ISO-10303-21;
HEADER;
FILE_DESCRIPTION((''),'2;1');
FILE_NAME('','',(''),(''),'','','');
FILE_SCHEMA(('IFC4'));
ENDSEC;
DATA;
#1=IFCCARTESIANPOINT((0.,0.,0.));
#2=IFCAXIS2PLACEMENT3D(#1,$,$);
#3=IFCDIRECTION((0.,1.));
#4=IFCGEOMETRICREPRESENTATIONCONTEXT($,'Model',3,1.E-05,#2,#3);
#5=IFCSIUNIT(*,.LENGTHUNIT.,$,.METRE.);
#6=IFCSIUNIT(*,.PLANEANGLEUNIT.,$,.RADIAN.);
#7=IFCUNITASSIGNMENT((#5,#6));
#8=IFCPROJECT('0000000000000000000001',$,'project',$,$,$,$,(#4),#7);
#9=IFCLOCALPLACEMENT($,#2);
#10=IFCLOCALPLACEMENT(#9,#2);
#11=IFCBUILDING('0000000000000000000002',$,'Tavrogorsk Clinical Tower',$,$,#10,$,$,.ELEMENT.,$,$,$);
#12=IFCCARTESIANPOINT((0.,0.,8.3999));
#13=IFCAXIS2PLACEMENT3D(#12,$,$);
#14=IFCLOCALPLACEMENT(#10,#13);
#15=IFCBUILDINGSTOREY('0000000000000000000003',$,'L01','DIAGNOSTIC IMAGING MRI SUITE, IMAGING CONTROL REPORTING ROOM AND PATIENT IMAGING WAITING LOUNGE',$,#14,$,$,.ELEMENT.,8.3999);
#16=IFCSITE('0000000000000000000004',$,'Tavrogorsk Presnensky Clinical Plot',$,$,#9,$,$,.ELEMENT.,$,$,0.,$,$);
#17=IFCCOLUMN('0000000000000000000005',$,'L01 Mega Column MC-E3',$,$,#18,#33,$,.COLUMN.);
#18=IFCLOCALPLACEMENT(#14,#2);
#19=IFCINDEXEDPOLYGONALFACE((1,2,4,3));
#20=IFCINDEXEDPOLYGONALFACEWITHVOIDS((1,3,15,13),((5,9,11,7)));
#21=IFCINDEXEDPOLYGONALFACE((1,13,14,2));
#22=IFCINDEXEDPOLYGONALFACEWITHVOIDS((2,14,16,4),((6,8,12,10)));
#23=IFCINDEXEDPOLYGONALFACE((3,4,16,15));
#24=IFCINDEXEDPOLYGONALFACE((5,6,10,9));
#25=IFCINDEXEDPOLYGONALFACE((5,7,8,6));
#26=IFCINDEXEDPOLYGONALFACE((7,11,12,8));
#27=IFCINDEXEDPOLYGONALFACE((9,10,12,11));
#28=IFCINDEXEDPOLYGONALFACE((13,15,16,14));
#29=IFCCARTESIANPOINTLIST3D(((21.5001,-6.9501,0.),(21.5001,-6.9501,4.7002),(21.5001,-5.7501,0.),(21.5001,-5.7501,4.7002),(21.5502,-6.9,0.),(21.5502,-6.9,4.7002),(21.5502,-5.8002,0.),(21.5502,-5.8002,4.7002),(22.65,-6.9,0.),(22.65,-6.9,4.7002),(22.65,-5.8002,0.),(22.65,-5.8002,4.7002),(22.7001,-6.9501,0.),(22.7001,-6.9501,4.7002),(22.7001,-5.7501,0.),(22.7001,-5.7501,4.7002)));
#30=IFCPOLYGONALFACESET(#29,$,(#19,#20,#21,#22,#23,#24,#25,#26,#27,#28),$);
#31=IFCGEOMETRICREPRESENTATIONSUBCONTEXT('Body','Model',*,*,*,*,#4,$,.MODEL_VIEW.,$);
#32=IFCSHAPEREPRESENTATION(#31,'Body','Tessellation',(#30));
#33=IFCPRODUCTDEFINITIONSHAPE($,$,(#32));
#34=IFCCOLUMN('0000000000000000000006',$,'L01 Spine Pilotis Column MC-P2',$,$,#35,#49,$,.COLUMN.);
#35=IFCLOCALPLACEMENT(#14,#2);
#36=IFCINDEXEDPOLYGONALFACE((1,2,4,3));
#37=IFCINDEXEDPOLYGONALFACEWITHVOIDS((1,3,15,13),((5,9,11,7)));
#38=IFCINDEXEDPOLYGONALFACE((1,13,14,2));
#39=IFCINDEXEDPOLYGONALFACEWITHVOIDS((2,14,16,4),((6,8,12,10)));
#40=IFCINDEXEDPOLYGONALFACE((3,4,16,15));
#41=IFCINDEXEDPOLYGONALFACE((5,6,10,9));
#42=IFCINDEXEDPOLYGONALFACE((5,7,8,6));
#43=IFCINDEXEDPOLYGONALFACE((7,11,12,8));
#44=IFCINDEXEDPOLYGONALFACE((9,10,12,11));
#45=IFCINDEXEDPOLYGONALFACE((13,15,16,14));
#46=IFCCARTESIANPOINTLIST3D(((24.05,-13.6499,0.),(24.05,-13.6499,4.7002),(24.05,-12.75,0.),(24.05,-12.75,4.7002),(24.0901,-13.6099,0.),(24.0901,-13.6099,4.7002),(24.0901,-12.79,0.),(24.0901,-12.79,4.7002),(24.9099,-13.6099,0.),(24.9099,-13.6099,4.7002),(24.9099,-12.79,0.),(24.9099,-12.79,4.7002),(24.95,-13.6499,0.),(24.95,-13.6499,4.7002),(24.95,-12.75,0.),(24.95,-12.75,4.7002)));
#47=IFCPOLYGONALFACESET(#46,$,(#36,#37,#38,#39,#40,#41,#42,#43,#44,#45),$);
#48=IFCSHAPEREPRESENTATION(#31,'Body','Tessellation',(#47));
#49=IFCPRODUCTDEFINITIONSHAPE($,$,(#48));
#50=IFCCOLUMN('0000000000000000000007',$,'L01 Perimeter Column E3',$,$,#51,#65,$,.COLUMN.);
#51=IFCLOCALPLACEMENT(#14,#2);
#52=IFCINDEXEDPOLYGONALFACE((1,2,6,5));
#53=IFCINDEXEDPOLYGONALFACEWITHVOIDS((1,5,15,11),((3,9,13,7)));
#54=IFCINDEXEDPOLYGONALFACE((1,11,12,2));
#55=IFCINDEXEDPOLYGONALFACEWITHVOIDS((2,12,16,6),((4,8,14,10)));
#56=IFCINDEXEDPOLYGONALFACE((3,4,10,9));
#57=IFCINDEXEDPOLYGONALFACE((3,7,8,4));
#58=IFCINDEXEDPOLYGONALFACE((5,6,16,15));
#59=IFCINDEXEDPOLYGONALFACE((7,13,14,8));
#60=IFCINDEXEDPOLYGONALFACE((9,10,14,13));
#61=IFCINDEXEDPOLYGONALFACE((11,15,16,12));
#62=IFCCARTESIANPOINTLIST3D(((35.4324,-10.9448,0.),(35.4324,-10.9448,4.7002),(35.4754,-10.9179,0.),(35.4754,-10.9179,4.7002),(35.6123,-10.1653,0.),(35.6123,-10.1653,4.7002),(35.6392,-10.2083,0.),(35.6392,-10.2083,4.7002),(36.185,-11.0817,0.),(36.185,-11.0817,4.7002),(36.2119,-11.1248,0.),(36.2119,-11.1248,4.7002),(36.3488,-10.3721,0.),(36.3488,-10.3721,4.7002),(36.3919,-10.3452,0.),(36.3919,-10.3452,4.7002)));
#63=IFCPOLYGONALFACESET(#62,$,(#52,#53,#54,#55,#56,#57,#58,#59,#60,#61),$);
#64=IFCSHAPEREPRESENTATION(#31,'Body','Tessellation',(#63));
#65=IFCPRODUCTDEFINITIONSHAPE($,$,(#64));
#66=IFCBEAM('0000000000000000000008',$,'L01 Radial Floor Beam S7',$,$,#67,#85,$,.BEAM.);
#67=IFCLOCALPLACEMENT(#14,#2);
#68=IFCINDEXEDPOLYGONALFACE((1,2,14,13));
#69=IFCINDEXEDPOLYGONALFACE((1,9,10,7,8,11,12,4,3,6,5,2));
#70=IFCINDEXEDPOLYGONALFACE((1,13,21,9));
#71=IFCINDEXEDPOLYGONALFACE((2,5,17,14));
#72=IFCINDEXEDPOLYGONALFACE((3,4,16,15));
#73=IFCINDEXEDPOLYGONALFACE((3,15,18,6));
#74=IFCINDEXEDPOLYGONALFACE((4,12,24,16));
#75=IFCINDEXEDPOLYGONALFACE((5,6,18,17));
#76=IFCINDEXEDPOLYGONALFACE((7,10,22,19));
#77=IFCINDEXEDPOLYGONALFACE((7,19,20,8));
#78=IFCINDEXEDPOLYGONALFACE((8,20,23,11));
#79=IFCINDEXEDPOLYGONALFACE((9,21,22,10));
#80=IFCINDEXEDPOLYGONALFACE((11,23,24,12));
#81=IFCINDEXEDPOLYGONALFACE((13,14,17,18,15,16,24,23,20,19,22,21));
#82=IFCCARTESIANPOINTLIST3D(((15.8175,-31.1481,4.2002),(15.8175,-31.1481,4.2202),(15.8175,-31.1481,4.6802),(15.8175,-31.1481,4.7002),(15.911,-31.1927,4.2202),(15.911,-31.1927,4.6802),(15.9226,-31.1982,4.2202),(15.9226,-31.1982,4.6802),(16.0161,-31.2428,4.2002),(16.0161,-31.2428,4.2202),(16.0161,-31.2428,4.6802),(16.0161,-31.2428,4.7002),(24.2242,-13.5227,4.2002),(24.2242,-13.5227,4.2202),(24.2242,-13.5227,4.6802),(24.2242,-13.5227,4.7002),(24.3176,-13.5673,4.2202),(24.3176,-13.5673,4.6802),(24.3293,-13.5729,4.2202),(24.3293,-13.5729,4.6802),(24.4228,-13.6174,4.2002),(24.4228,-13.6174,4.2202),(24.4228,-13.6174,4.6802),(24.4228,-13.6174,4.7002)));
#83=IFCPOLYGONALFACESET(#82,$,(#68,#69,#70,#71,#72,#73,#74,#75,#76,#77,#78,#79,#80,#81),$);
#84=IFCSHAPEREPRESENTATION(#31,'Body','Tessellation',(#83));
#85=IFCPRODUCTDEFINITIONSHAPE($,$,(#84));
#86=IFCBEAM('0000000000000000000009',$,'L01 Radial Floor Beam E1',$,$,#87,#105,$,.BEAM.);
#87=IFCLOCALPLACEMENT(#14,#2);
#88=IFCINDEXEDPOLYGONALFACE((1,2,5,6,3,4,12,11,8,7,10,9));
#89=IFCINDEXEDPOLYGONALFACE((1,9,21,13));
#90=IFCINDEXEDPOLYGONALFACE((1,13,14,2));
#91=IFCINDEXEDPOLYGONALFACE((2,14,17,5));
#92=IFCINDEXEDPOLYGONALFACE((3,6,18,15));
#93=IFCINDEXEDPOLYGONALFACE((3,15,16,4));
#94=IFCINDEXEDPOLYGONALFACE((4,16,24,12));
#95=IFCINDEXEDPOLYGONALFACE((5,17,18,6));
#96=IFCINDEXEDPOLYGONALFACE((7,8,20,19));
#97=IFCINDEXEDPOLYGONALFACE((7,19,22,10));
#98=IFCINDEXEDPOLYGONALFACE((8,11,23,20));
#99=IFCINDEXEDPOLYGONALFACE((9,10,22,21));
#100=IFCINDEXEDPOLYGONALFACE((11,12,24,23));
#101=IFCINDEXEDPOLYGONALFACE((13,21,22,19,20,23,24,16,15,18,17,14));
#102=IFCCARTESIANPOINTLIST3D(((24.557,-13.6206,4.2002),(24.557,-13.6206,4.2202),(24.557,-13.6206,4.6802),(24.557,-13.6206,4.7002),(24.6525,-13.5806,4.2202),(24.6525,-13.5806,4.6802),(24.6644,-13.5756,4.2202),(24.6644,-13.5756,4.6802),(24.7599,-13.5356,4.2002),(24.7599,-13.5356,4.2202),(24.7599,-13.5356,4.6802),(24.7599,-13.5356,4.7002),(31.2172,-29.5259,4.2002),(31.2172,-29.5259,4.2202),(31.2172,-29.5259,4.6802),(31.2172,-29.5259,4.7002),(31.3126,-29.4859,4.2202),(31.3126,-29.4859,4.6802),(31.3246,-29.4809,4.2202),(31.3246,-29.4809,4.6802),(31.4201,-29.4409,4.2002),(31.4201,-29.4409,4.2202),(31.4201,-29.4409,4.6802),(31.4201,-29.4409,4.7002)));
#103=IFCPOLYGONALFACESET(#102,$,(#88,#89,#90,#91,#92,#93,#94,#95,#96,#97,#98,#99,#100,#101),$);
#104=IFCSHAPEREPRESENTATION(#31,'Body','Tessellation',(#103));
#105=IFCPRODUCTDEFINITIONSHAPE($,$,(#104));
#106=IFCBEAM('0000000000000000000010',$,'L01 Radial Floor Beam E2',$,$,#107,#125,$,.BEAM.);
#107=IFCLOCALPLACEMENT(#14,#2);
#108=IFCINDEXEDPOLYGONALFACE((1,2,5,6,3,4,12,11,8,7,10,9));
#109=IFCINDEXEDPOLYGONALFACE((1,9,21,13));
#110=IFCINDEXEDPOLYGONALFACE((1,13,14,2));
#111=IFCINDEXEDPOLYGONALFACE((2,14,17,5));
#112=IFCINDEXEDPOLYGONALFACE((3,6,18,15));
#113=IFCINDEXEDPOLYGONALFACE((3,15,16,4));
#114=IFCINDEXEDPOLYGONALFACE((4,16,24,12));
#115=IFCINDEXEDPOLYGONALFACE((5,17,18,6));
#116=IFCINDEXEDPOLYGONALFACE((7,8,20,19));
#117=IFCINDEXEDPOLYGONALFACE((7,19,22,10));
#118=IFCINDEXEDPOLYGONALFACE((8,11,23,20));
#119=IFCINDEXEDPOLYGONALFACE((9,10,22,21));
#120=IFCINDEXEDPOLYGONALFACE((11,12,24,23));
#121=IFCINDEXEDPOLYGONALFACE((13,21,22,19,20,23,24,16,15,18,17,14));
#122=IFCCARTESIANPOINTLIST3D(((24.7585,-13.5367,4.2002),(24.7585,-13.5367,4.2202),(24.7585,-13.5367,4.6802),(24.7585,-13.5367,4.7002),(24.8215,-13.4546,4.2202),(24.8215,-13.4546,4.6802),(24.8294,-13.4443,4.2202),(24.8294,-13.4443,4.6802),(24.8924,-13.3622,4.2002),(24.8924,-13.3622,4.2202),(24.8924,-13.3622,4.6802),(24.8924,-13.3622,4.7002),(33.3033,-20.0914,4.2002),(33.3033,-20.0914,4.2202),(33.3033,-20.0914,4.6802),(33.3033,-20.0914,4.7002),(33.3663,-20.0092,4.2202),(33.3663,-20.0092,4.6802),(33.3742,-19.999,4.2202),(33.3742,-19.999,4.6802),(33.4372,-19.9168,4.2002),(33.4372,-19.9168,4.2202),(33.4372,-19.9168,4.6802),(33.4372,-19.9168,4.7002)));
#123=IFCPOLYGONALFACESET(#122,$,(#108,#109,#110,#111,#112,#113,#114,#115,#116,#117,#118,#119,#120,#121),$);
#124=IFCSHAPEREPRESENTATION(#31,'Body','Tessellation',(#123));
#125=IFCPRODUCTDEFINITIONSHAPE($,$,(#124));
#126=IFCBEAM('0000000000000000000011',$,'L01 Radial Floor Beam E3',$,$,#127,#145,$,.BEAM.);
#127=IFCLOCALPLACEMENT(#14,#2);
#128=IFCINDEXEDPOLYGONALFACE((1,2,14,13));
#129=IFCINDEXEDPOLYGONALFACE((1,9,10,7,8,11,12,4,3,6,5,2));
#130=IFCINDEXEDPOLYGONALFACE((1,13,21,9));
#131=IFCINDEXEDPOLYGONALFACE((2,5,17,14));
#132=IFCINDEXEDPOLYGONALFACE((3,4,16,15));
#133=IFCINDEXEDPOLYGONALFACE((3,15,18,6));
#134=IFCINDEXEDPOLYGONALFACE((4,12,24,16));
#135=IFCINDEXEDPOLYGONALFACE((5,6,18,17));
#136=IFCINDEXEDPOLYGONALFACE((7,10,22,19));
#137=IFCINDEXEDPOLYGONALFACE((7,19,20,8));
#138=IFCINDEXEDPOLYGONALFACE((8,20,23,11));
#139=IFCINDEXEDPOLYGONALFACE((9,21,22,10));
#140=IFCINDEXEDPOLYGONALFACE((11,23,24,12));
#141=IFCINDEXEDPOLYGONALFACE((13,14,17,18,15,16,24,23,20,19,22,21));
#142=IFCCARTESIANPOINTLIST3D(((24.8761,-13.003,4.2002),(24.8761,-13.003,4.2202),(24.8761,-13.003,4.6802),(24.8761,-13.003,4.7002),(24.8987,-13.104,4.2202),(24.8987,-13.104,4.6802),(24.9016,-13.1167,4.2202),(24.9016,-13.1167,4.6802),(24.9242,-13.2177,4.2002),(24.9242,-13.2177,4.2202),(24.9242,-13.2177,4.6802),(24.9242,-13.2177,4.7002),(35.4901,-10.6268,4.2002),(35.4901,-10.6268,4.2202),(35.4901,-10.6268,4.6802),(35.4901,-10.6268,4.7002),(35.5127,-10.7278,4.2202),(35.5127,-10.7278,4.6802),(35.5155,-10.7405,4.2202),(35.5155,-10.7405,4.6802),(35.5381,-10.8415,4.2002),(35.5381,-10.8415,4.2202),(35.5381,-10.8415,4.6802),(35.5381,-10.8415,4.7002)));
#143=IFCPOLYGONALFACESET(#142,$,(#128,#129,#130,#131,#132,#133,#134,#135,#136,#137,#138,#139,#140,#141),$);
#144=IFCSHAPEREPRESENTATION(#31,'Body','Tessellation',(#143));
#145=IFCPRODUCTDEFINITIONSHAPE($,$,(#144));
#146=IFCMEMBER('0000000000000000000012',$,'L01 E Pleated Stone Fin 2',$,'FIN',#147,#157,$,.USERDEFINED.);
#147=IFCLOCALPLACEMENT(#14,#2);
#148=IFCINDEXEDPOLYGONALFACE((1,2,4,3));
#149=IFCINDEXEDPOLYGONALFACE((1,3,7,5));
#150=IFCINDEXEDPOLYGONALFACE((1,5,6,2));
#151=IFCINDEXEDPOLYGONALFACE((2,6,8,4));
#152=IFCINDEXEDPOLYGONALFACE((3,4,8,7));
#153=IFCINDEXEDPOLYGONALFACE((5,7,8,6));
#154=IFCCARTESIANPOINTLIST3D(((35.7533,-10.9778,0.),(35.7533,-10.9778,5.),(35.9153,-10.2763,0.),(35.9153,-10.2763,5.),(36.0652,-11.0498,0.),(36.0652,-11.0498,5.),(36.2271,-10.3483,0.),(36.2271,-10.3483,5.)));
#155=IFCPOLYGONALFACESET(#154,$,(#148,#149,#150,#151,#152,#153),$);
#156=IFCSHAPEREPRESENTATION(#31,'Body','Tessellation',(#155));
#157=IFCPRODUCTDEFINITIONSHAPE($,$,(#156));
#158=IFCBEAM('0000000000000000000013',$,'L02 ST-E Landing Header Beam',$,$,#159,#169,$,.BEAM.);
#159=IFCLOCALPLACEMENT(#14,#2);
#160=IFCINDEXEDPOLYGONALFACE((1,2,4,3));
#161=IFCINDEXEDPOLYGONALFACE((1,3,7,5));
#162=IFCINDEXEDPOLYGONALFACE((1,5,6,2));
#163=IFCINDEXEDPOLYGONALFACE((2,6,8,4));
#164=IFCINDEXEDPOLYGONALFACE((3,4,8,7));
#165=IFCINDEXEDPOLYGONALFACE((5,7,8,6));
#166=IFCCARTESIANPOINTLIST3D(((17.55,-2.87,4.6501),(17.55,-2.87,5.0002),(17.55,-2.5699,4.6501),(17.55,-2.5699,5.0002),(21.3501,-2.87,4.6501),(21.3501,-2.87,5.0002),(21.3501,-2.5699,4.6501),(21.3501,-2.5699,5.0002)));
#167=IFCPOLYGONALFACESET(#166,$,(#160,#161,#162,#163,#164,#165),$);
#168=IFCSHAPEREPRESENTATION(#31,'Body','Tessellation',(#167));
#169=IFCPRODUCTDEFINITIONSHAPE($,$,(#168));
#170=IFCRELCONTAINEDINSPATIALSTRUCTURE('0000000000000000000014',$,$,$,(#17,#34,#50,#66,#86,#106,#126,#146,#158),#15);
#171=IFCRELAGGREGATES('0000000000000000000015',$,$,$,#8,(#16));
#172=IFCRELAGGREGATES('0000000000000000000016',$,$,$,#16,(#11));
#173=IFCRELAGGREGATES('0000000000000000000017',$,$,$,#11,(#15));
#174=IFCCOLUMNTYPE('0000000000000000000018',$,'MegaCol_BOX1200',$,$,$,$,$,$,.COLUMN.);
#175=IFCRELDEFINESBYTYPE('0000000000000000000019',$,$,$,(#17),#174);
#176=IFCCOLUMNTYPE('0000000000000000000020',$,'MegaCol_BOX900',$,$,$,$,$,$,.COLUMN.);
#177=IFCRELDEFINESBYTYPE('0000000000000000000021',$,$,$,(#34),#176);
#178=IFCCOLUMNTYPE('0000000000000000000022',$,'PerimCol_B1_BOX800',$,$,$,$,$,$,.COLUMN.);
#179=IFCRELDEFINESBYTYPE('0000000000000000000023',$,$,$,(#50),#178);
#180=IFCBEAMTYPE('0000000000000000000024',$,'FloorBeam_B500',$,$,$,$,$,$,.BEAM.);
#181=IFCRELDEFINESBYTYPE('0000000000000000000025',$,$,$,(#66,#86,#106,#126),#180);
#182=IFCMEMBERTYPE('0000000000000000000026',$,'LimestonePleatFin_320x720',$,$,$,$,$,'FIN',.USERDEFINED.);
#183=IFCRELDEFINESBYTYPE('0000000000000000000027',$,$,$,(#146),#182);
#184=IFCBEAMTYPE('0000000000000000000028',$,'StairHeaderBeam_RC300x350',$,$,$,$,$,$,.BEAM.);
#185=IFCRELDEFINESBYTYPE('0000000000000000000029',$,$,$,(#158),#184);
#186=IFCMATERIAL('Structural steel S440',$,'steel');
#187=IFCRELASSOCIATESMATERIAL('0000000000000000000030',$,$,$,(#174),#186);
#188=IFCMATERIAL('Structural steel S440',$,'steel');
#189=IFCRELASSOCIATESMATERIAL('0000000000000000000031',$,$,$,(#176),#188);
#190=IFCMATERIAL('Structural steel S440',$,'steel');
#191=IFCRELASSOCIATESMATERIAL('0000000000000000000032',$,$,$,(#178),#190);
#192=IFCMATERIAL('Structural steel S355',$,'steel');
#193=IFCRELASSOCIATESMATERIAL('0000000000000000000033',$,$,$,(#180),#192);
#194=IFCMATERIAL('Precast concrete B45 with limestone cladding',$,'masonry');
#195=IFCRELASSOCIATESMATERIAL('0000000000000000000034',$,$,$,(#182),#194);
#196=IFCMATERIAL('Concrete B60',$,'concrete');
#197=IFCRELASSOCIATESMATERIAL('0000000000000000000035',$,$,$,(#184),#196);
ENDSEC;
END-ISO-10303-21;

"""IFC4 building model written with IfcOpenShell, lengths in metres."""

from ifc_helpers import new_model, si_unit, direction, frame, origin, origin_2d, place, context, subcontext, project, spatial, rectangle, hollow_rectangle, i_section, extrude, material, material_profile, profile_set, type_object, element, save


model = new_model("IFC4")

# Units and contexts
model_context = context("Model", 3, precision=1e-05, world=origin(), true_north=direction((0.0, 1.0)))
body_context = subcontext(model_context, "Body", "Model", "MODEL_VIEW")
ifc_project = project(units=[si_unit("LENGTHUNIT", "METRE"), si_unit("PLANEANGLEUNIT", "RADIAN")], contexts=[model_context])

# Site, building, storey
site_placement = place(None, origin())
site = spatial("IfcSite", under=ifc_project, at=site_placement, Name="Tavrogorsk Presnensky Clinical Plot", CompositionType="ELEMENT", RefElevation=0.0)
building_placement = place(site_placement, origin())
building = spatial("IfcBuilding", under=site, at=building_placement, Name="Tavrogorsk Clinical Tower", CompositionType="ELEMENT")
storey_placement = place(building_placement, frame((0.0, 0.0, 8.3999)))
storey = spatial("IfcBuildingStorey", under=building, at=storey_placement, Name="L01", Description="DIAGNOSTIC IMAGING MRI SUITE, IMAGING CONTROL REPORTING ROOM AND PATIENT IMAGING WAITING LOUNGE", CompositionType="ELEMENT", Elevation=8.3999)

# Columns
ifc_material_1 = material(Name="Structural steel S440", Category="steel")
ifc_material_profile_1 = material_profile(ifc_material_1, hollow_rectangle(XDim=1.2, YDim=1.2, WallThickness=0.05, at=origin_2d()), Name="BOX-1200x1200x50")
ifc_profile_set_1 = profile_set([ifc_material_profile_1], Name="Structural steel S440")
column_type_1 = type_object("IfcColumnType", Name="MegaCol_BOX1200", PredefinedType="COLUMN", material=ifc_profile_set_1)
column_1_placement = place(storey_placement, frame((22.1001, -6.3501, 0.0), z_axis=(0.0, 0.0, 1.0), x_axis=(1.0, 0.0, 0.0)))
element("IfcColumn", 1, at=column_1_placement, inside=storey, type_object=column_type_1, Name="L01 Mega Column MC-E3", PredefinedType="COLUMN", context=body_context, shape_type="SweptSolid", body=[
    extrude(hollow_rectangle(XDim=1.2, YDim=1.2, WallThickness=0.05, at=origin_2d()), origin(), (0.0, 0.0, 1.0), 4.7002),
])
ifc_material_2 = material(Name="Structural steel S440", Category="steel")
ifc_material_profile_2 = material_profile(ifc_material_2, hollow_rectangle(XDim=0.8999, YDim=0.8999, WallThickness=0.04, at=origin_2d()), Name="BOX-900x900x40")
ifc_profile_set_2 = profile_set([ifc_material_profile_2], Name="Structural steel S440")
column_type_2 = type_object("IfcColumnType", Name="MegaCol_BOX900", PredefinedType="COLUMN", material=ifc_profile_set_2)
column_2_placement = place(storey_placement, frame((24.5, -13.2, 0.0), z_axis=(0.0, 0.0, 1.0), x_axis=(1.0, 0.0, 0.0)))
element("IfcColumn", 2, at=column_2_placement, inside=storey, type_object=column_type_2, Name="L01 Spine Pilotis Column MC-P2", PredefinedType="COLUMN", context=body_context, shape_type="SweptSolid", body=[
    extrude(hollow_rectangle(XDim=0.8999, YDim=0.8999, WallThickness=0.04, at=origin_2d()), origin(), (0.0, 0.0, 1.0), 4.7002),
])
ifc_material_3 = material(Name="Structural steel S440", Category="steel")
ifc_material_profile_3 = material_profile(ifc_material_3, hollow_rectangle(XDim=0.8, YDim=0.8, WallThickness=0.0359, at=origin_2d()), Name="BOX-800x800x36")
ifc_profile_set_3 = profile_set([ifc_material_profile_3], Name="Structural steel S440")
column_type_3 = type_object("IfcColumnType", Name="PerimCol_B1_BOX800", PredefinedType="COLUMN", material=ifc_profile_set_3)
column_3_placement = place(storey_placement, frame((35.9121, -10.645, 0.0), z_axis=(0.0, 0.0, 1.0), x_axis=(0.97437, -0.224951, 0.0)))
element("IfcColumn", 3, at=column_3_placement, inside=storey, type_object=column_type_3, Name="L01 Perimeter Column E3", PredefinedType="COLUMN", context=body_context, shape_type="SweptSolid", body=[
    extrude(hollow_rectangle(XDim=0.8, YDim=0.8, WallThickness=0.0359, at=origin_2d()), origin(), (0.0, 0.0, 1.0), 4.7002),
])

# Beams
ifc_material_4 = material(Name="Structural steel S355", Category="steel")
ifc_material_profile_4 = material_profile(ifc_material_4, i_section(OverallWidth=0.22, OverallDepth=0.5, WebThickness=0.0129, FlangeThickness=0.02, at=origin_2d()), Name="B-500x220x13x20")
ifc_profile_set_4 = profile_set([ifc_material_profile_4], Name="Structural steel S355")
beam_type_1 = type_object("IfcBeamType", Name="FloorBeam_B500", PredefinedType="BEAM", material=ifc_profile_set_4)
beam_1_placement = place(storey_placement, frame((24.3235, -13.5701, 4.4502), z_axis=(-0.430503, -0.902589, 0.0), x_axis=(0.902589, -0.430503, 0.0)))
element("IfcBeam", 4, at=beam_1_placement, inside=storey, type_object=beam_type_1, Name="L01 Radial Floor Beam S7", PredefinedType="BEAM", context=body_context, shape_type="SweptSolid", body=[
    extrude(i_section(OverallWidth=0.22, OverallDepth=0.5, WebThickness=0.0129, FlangeThickness=0.02, at=origin_2d()), origin(), (0.0, 0.0, 1.0), 19.5276),
])
beam_2_placement = place(storey_placement, frame((24.6584, -13.5781, 4.4502), z_axis=(0.386243, -0.922397, 0.0), x_axis=(0.922397, 0.386243, 0.0)))
element("IfcBeam", 5, at=beam_2_placement, inside=storey, type_object=beam_type_1, Name="L01 Radial Floor Beam E1", PredefinedType="BEAM", context=body_context, shape_type="SweptSolid", body=[
    extrude(i_section(OverallWidth=0.22, OverallDepth=0.5, WebThickness=0.0129, FlangeThickness=0.02, at=origin_2d()), origin(), (0.0, 0.0, 1.0), 17.2434),
])
beam_3_placement = place(storey_placement, frame((24.8254, -13.4495, 4.4502), z_axis=(0.793446, -0.608641, 0.0), x_axis=(0.608641, 0.793446, 0.0)))
element("IfcBeam", 6, at=beam_3_placement, inside=storey, type_object=beam_type_1, Name="L01 Radial Floor Beam E2", PredefinedType="BEAM", context=body_context, shape_type="SweptSolid", body=[
    extrude(i_section(OverallWidth=0.22, OverallDepth=0.5, WebThickness=0.0129, FlangeThickness=0.02, at=origin_2d()), origin(), (0.0, 0.0, 1.0), 10.7693),
])
beam_4_placement = place(storey_placement, frame((24.9001, -13.1104, 4.4502), z_axis=(0.975844, 0.218468, 0.0), x_axis=(-0.218468, 0.975844, 0.0)))
element("IfcBeam", 7, at=beam_4_placement, inside=storey, type_object=beam_type_1, Name="L01 Radial Floor Beam E3", PredefinedType="BEAM", context=body_context, shape_type="SweptSolid", body=[
    extrude(i_section(OverallWidth=0.22, OverallDepth=0.5, WebThickness=0.0129, FlangeThickness=0.02, at=origin_2d()), origin(), (0.0, 0.0, 1.0), 10.8767),
])

# Member
ifc_material_5 = material(Name="Precast concrete B45 with limestone cladding", Category="masonry")
ifc_material_profile_5 = material_profile(ifc_material_5, rectangle(XDim=0.3201, YDim=0.72, at=origin_2d()), Name="LIMESTONE-FIN-320x720")
ifc_profile_set_5 = profile_set([ifc_material_profile_5], Name="Precast concrete B45 with limestone cladding")
member_type = type_object("IfcMemberType", Name="LimestonePleatFin_320x720", ElementType="FIN", PredefinedType="USERDEFINED", material=ifc_profile_set_5)
member_placement = place(storey_placement, frame((35.9902, -10.6631, 0.0), z_axis=(0.0, 0.0, 1.0), x_axis=(0.97437, -0.224951, 0.0)))
element("IfcMember", 8, at=member_placement, inside=storey, type_object=member_type, Name="L01 E Pleated Stone Fin 2", ObjectType="FIN", PredefinedType="USERDEFINED", context=body_context, shape_type="SweptSolid", body=[
    extrude(rectangle(XDim=0.3201, YDim=0.72, at=origin_2d()), origin(), (0.0, 0.0, 1.0), 5.0),
])

# Beam
ifc_material_6 = material(Name="Concrete B60", Category="concrete")
ifc_material_profile_6 = material_profile(ifc_material_6, rectangle(XDim=0.3, YDim=0.3501, at=origin_2d()), Name="RC-SHB-300x350")
ifc_profile_set_6 = profile_set([ifc_material_profile_6], Name="Concrete B60")
beam_type_2 = type_object("IfcBeamType", Name="StairHeaderBeam_RC300x350", PredefinedType="BEAM", material=ifc_profile_set_6)
beam_5_placement = place(storey_placement, frame((17.55, -2.72, 4.8252), z_axis=(1.0, 0.0, 0.0), x_axis=(0.0, 1.0, 0.0)))
element("IfcBeam", 9, at=beam_5_placement, inside=storey, type_object=beam_type_2, Name="L02 ST-E Landing Header Beam", PredefinedType="BEAM", context=body_context, shape_type="SweptSolid", body=[
    extrude(rectangle(XDim=0.3, YDim=0.3501, at=origin_2d()), origin(), (0.0, 0.0, 1.0), 3.8),
])

save(model, "model.ifc")
